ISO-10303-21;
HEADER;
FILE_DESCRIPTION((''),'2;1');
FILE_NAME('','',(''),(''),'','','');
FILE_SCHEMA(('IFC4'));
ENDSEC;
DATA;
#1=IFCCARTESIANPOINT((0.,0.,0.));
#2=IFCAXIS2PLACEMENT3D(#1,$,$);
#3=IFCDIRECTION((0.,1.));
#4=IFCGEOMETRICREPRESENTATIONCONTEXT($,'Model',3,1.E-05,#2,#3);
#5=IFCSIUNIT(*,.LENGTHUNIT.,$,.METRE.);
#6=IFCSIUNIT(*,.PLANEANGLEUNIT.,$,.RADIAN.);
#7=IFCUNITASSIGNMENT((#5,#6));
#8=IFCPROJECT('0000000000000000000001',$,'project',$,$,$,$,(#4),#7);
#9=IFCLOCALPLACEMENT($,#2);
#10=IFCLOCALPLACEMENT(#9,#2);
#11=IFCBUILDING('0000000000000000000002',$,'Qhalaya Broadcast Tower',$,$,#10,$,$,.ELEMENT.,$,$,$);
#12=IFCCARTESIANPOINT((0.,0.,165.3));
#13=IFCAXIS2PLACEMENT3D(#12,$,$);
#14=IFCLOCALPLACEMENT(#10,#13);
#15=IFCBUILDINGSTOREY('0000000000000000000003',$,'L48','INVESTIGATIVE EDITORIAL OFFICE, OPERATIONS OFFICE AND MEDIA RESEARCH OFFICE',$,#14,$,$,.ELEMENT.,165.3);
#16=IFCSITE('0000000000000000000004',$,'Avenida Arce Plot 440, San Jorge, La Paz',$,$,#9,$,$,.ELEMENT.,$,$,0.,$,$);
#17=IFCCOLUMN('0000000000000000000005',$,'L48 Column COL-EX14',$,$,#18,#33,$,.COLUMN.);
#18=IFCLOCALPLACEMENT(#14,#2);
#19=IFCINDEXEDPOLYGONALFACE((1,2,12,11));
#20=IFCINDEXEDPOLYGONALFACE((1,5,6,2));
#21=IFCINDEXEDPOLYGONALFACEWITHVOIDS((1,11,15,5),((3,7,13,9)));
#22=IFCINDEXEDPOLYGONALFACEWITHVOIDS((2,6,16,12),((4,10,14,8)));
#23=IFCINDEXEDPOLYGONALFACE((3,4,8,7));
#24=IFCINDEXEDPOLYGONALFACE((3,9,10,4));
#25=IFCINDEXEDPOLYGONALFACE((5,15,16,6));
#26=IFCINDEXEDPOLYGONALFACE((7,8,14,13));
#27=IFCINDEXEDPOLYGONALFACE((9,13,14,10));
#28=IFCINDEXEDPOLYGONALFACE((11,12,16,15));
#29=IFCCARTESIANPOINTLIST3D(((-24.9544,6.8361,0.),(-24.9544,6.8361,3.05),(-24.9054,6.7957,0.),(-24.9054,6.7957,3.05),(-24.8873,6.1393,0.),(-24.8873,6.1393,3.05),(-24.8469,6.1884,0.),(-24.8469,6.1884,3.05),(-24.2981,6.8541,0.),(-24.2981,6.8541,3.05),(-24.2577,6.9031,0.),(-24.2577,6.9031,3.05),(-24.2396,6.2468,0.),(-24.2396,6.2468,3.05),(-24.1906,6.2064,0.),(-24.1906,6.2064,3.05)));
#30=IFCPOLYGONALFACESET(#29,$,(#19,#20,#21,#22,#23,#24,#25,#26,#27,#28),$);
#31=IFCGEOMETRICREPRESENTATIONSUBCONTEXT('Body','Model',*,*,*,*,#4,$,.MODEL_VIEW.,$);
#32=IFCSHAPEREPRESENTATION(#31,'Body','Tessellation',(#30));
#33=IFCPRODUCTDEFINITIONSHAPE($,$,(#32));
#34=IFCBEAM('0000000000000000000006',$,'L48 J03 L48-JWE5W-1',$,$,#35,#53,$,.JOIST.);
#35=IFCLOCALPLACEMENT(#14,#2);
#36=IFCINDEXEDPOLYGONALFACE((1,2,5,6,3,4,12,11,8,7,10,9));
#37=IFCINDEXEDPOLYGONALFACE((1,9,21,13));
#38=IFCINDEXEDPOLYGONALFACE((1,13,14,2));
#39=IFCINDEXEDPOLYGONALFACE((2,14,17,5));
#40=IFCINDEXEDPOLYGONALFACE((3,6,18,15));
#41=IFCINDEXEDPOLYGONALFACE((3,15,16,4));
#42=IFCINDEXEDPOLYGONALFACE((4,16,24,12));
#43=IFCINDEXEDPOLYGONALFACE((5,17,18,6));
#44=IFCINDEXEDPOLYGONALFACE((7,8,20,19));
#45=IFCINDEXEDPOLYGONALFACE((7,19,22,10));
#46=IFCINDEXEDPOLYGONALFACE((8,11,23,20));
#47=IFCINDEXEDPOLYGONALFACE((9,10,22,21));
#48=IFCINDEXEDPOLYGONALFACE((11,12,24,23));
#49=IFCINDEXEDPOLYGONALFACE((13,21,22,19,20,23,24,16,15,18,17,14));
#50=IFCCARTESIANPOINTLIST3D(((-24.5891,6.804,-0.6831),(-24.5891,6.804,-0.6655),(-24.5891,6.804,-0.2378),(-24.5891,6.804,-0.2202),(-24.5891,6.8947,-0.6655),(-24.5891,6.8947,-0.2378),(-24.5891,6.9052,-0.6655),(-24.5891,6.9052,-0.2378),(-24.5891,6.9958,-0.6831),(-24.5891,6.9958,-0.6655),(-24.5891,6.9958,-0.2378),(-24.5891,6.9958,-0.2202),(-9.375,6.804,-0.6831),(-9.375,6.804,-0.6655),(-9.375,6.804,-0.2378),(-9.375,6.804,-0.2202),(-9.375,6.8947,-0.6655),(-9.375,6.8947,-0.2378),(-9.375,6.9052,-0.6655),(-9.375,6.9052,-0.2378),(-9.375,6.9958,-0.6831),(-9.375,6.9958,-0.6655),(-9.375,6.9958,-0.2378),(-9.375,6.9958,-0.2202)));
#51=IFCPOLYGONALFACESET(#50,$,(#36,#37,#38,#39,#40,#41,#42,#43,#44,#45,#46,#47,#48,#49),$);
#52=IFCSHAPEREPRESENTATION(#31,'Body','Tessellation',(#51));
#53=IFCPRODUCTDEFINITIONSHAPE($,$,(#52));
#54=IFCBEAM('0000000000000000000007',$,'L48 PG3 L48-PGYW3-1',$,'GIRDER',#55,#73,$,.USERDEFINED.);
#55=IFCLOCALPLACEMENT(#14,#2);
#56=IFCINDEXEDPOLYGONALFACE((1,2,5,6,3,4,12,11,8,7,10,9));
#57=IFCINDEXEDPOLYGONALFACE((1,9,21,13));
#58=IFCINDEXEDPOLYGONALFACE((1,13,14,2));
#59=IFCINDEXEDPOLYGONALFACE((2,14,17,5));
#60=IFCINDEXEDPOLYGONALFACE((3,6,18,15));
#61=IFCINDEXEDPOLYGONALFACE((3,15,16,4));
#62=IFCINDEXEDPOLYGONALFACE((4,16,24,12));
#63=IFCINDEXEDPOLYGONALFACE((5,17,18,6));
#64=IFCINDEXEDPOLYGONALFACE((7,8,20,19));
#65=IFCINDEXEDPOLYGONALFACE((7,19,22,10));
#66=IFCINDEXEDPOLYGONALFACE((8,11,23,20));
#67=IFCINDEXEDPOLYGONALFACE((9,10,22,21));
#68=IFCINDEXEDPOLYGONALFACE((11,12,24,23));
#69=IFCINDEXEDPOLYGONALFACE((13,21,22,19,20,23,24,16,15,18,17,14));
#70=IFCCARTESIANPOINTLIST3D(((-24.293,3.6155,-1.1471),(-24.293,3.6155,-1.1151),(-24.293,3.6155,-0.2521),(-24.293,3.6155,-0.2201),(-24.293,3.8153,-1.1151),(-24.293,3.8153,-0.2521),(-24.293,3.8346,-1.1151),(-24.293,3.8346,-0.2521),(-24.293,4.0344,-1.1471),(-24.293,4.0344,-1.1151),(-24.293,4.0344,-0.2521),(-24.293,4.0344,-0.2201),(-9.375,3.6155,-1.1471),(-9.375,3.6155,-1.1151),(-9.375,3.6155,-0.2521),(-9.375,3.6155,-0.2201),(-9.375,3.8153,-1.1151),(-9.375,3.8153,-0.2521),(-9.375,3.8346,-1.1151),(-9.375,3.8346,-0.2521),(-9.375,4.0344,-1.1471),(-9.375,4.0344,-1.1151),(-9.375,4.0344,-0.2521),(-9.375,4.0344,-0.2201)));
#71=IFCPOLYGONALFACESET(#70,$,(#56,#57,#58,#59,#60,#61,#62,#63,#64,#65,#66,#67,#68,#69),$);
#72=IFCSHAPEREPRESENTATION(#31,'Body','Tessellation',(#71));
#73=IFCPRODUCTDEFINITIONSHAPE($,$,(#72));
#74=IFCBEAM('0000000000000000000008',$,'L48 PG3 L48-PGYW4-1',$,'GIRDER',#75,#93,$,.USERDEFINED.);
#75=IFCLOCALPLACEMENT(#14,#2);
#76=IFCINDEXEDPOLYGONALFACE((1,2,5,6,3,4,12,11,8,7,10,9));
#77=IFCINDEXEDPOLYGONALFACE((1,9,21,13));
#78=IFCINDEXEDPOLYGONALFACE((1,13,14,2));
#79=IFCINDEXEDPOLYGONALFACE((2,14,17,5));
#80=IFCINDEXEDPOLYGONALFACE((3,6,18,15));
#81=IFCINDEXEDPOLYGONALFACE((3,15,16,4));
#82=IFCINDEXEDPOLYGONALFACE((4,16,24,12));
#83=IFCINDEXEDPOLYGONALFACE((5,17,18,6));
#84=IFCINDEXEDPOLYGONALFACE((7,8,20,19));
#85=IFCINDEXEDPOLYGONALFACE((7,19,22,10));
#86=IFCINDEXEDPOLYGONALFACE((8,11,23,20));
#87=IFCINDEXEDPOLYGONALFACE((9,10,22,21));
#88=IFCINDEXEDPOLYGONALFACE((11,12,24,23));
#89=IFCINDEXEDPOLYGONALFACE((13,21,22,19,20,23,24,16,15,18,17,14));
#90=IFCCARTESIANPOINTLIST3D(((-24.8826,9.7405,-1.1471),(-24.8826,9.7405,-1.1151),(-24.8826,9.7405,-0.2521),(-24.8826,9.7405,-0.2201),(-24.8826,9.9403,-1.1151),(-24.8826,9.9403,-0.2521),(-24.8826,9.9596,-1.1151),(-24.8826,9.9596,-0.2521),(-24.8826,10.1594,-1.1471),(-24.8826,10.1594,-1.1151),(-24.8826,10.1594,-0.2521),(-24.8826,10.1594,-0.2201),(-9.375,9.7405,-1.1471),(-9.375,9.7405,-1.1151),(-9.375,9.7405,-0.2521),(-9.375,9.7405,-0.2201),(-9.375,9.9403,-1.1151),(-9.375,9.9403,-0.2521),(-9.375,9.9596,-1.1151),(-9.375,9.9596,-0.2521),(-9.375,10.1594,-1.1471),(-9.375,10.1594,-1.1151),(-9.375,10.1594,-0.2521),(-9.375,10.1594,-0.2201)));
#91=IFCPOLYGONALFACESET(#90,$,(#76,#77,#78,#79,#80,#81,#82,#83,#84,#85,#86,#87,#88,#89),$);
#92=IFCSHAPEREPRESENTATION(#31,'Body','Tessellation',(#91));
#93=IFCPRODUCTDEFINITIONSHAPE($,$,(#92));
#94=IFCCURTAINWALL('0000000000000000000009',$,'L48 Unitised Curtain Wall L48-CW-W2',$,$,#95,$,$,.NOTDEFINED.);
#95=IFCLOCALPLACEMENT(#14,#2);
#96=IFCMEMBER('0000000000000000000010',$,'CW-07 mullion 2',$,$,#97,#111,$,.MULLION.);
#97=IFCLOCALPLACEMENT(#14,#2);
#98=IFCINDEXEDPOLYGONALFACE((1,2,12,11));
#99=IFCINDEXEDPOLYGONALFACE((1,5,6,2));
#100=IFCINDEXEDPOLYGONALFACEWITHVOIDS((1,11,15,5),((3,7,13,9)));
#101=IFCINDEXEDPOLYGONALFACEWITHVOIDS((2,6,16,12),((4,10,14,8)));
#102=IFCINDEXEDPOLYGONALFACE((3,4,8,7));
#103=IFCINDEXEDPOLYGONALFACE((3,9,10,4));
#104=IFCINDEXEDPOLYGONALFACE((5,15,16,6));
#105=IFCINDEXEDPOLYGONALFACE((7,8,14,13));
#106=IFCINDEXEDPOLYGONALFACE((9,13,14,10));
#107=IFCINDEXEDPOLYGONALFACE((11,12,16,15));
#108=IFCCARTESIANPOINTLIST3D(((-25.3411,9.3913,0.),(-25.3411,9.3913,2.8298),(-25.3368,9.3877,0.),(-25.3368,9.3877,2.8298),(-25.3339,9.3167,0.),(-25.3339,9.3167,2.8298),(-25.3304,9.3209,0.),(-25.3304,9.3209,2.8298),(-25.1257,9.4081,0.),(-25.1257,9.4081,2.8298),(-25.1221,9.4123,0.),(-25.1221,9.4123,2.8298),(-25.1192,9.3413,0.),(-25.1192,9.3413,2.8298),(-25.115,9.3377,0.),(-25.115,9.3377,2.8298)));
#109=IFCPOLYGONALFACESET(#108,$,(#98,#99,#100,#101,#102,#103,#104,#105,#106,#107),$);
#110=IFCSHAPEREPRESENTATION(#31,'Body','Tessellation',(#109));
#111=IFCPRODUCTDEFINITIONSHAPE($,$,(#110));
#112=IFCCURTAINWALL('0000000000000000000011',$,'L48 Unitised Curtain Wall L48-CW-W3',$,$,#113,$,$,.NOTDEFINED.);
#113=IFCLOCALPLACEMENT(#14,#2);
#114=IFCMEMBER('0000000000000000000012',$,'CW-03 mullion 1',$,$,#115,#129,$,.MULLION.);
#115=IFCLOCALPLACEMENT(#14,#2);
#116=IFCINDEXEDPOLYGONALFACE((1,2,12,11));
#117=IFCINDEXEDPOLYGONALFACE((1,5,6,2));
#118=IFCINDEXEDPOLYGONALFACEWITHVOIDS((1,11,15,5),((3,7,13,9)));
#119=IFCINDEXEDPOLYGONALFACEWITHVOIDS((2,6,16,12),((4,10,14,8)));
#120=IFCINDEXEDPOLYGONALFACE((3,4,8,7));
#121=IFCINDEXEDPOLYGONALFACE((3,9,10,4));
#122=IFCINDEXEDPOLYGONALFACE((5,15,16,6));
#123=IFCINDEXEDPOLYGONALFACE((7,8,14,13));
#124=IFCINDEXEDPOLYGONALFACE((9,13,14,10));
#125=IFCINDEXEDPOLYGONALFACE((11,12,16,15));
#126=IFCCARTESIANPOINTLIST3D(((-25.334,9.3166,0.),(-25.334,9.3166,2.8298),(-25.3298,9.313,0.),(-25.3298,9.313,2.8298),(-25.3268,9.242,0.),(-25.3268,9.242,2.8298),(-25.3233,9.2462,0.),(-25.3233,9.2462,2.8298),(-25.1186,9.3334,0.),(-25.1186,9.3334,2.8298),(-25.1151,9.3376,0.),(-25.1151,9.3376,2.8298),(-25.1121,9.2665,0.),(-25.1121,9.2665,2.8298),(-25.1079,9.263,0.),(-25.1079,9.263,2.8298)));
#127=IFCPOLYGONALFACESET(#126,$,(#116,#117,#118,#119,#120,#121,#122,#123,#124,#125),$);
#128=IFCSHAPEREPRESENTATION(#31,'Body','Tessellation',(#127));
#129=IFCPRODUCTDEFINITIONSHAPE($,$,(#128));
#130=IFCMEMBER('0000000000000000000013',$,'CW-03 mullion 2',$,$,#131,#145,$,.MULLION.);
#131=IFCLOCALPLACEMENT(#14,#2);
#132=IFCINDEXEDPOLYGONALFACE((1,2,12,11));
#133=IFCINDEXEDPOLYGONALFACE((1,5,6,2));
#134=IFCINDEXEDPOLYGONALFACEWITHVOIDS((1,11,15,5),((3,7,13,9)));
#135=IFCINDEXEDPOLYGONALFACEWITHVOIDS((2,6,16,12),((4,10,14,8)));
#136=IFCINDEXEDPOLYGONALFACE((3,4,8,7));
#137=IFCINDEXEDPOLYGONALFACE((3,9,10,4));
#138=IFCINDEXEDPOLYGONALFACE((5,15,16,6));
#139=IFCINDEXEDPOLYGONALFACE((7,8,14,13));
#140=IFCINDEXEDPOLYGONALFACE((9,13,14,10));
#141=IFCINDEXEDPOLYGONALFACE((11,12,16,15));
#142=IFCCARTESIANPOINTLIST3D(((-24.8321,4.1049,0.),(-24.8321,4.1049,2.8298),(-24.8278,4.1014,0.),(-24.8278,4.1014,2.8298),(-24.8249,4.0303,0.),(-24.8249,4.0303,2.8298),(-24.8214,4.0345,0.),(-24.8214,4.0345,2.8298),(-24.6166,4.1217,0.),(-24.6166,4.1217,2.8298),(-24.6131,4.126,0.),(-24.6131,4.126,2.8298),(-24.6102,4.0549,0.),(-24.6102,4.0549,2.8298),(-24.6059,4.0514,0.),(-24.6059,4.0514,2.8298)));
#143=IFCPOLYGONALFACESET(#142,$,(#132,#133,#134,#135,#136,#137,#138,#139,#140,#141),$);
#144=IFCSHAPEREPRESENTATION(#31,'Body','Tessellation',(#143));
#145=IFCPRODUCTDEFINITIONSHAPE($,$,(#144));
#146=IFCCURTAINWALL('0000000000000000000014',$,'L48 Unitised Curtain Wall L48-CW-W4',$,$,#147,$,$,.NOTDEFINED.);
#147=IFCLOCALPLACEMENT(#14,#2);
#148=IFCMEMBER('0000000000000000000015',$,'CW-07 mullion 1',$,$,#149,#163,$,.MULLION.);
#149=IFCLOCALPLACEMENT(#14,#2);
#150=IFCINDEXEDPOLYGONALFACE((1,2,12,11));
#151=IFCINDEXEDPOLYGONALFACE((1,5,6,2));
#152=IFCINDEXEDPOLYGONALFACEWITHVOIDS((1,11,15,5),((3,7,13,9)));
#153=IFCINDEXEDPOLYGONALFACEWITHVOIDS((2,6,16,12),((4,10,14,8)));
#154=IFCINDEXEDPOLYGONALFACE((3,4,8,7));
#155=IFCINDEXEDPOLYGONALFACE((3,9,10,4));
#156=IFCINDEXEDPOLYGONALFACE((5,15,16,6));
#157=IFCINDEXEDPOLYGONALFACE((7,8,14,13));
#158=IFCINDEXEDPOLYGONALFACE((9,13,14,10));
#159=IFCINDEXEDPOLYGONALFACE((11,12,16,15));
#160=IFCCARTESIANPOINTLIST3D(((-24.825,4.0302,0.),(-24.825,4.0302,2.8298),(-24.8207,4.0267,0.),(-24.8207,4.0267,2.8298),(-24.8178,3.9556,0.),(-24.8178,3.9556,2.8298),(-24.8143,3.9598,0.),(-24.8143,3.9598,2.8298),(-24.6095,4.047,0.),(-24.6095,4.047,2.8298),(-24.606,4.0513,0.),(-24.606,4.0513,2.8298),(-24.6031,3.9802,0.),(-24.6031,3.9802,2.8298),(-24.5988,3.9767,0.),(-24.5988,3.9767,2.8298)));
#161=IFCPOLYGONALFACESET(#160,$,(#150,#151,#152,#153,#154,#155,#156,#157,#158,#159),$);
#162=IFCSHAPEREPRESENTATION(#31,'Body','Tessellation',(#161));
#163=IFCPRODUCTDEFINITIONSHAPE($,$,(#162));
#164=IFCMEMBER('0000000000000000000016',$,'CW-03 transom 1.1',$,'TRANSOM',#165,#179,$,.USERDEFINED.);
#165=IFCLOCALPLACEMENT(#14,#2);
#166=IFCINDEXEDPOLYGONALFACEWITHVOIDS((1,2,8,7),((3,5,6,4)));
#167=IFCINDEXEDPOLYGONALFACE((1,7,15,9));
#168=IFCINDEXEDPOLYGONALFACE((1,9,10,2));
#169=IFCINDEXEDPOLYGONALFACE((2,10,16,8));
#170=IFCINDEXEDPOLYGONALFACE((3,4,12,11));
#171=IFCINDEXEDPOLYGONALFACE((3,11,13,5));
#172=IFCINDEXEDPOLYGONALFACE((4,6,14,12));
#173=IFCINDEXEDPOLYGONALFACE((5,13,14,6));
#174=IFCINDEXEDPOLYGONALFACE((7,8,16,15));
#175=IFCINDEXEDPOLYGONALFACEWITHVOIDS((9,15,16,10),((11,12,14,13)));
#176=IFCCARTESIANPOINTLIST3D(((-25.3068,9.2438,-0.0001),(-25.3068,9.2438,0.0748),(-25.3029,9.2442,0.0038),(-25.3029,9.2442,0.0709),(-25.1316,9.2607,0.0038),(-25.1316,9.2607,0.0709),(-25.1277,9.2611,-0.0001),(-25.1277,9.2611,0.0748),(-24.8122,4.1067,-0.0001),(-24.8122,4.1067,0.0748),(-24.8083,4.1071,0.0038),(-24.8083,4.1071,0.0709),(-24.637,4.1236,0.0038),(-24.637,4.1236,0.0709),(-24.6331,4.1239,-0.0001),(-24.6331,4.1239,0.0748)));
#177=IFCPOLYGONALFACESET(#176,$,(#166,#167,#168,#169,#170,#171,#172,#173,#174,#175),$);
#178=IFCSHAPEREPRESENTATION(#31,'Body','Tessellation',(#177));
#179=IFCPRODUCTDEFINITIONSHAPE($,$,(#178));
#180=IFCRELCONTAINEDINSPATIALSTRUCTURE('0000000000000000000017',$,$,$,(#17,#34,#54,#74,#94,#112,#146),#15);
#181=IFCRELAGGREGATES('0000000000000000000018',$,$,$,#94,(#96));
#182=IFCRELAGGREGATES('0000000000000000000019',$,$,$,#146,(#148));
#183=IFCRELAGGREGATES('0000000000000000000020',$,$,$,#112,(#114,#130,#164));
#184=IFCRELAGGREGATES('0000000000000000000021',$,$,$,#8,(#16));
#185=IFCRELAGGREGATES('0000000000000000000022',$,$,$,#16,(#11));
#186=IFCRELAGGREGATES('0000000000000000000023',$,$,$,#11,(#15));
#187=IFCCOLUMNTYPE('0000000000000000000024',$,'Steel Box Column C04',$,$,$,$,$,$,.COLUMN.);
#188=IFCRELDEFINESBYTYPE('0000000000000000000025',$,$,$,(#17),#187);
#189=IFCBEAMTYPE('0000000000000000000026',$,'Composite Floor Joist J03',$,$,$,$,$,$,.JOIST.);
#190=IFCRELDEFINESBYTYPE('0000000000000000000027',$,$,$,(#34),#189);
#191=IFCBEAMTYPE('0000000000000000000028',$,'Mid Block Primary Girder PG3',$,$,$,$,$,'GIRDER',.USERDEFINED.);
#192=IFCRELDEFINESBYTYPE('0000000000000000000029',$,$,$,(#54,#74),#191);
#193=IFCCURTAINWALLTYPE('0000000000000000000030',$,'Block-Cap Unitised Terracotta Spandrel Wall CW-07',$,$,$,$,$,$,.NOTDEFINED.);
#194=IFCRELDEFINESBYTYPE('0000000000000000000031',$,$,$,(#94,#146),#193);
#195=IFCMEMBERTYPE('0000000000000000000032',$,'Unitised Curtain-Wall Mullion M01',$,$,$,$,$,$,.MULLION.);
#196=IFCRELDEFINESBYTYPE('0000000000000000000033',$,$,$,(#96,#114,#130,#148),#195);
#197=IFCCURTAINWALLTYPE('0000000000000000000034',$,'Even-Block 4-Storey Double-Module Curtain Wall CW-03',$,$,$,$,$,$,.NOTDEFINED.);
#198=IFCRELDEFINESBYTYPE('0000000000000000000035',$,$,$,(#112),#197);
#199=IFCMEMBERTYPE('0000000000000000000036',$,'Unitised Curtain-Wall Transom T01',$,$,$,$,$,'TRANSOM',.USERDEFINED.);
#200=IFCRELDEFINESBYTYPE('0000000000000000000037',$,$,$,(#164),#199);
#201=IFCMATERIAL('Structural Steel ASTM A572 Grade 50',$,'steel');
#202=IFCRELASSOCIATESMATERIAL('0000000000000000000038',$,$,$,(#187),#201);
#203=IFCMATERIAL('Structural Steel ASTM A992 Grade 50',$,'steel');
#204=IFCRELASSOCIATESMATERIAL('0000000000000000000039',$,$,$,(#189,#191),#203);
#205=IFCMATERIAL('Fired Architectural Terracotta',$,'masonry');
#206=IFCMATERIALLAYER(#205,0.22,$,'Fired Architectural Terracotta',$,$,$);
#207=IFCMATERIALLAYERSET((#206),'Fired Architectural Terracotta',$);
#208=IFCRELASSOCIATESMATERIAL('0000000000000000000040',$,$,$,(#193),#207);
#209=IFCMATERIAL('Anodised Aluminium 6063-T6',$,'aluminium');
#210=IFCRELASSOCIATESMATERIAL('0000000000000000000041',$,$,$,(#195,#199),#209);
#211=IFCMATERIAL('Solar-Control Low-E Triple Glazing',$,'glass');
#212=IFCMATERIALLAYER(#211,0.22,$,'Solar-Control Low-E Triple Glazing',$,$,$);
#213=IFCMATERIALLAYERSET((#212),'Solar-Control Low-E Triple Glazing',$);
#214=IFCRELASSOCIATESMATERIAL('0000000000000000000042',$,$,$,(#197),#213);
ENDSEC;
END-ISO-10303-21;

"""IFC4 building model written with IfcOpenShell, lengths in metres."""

from ifc_helpers import new_model, si_unit, direction, frame, origin, origin_2d, place, context, subcontext, project, spatial, hollow_rectangle, i_section, extrude, material, layer, layer_set, material_profile, profile_set, type_object, element, aggregate, save


model = new_model("IFC4")

# Units and contexts
model_context = context("Model", 3, precision=1e-05, world=origin(), true_north=direction((0.0, 1.0)))
body_context = subcontext(model_context, "Body", "Model", "MODEL_VIEW")
ifc_project = project(units=[si_unit("LENGTHUNIT", "METRE"), si_unit("PLANEANGLEUNIT", "RADIAN")], contexts=[model_context])

# Site, building, storey
site_placement = place(None, origin())
site = spatial("IfcSite", under=ifc_project, at=site_placement, Name="Avenida Arce Plot 440, San Jorge, La Paz", CompositionType="ELEMENT", RefElevation=0.0)
building_placement = place(site_placement, origin())
building = spatial("IfcBuilding", under=site, at=building_placement, Name="Qhalaya Broadcast Tower", CompositionType="ELEMENT")
storey_placement = place(building_placement, frame((0.0, 0.0, 165.3)))
storey = spatial("IfcBuildingStorey", under=building, at=storey_placement, Name="L48", Description="INVESTIGATIVE EDITORIAL OFFICE, OPERATIONS OFFICE AND MEDIA RESEARCH OFFICE", CompositionType="ELEMENT", Elevation=165.3)

# Column
ifc_material_1 = material(Name="Structural Steel ASTM A572 Grade 50", Category="steel")
ifc_material_profile_1 = material_profile(ifc_material_1, hollow_rectangle(XDim=0.7, YDim=0.7, WallThickness=0.0449, at=origin_2d()), Name="BOX 700x700x45")
ifc_profile_set_1 = profile_set([ifc_material_profile_1], Name="Structural Steel ASTM A572 Grade 50")
column_type = type_object("IfcColumnType", Name="Steel Box Column C04", PredefinedType="COLUMN", material=ifc_profile_set_1)
column_placement = place(storey_placement, frame((-24.5725, 6.5212, 0.0), z_axis=(0.0, 0.0, 1.0), x_axis=(-0.095846, 0.995396, 0.0)))
element("IfcColumn", 1, at=column_placement, inside=storey, type_object=column_type, Name="L48 Column COL-EX14", PredefinedType="COLUMN", context=body_context, shape_type="SweptSolid", body=[
    extrude(hollow_rectangle(XDim=0.7, YDim=0.7, WallThickness=0.0449, at=origin_2d()), origin(), (0.0, 0.0, 1.0), 3.05),
])

# Beams
ifc_material_2 = material(Name="Structural Steel ASTM A992 Grade 50", Category="steel")
ifc_material_profile_2 = material_profile(ifc_material_2, i_section(OverallWidth=0.1919, OverallDepth=0.4629, WebThickness=0.0105, FlangeThickness=0.0176, at=origin_2d()), Name="W18X60")
ifc_profile_set_2 = profile_set([ifc_material_profile_2], Name="Structural Steel ASTM A992 Grade 50")
beam_type_1 = type_object("IfcBeamType", Name="Composite Floor Joist J03", PredefinedType="JOIST", material=ifc_profile_set_2)
beam_1_placement = place(storey_placement, frame((-24.5891, 6.8999, -0.4517), z_axis=(1.0, 0.0, 0.0), x_axis=(0.0, 1.0, 0.0)))
element("IfcBeam", 2, at=beam_1_placement, inside=storey, type_object=beam_type_1, Name="L48 J03 L48-JWE5W-1", PredefinedType="JOIST", context=body_context, shape_type="SweptSolid", body=[
    extrude(i_section(OverallWidth=0.1919, OverallDepth=0.4629, WebThickness=0.0105, FlangeThickness=0.0176, at=origin_2d()), origin(), (0.0, 0.0, 1.0), 15.2141),
])
ifc_material_profile_3 = material_profile(ifc_material_2, i_section(OverallWidth=0.4189, OverallDepth=0.927, WebThickness=0.0193, FlangeThickness=0.032, at=origin_2d()), Name="W36X231")
ifc_profile_set_3 = profile_set([ifc_material_profile_3], Name="Structural Steel ASTM A992 Grade 50")
beam_type_2 = type_object("IfcBeamType", Name="Mid Block Primary Girder PG3", ElementType="GIRDER", PredefinedType="USERDEFINED", material=ifc_profile_set_3)
beam_2_placement = place(storey_placement, frame((-24.293, 3.825, -0.6836), z_axis=(1.0, 0.0, 0.0), x_axis=(0.0, 1.0, 0.0)))
element("IfcBeam", 3, at=beam_2_placement, inside=storey, type_object=beam_type_2, Name="L48 PG3 L48-PGYW3-1", ObjectType="GIRDER", PredefinedType="USERDEFINED", context=body_context, shape_type="SweptSolid", body=[
    extrude(i_section(OverallWidth=0.4189, OverallDepth=0.927, WebThickness=0.0193, FlangeThickness=0.032, at=origin_2d()), origin(), (0.0, 0.0, 1.0), 14.918),
])
beam_3_placement = place(storey_placement, frame((-24.8826, 9.95, -0.6836), z_axis=(1.0, 0.0, 0.0), x_axis=(0.0, 1.0, 0.0)))
element("IfcBeam", 4, at=beam_3_placement, inside=storey, type_object=beam_type_2, Name="L48 PG3 L48-PGYW4-1", ObjectType="GIRDER", PredefinedType="USERDEFINED", context=body_context, shape_type="SweptSolid", body=[
    extrude(i_section(OverallWidth=0.4189, OverallDepth=0.927, WebThickness=0.0193, FlangeThickness=0.032, at=origin_2d()), origin(), (0.0, 0.0, 1.0), 15.5076),
])

# Curtain wall, member
ifc_material_3 = material(Name="Fired Architectural Terracotta", Category="masonry")
ifc_layer_1 = layer(ifc_material_3, 0.22, Name="Fired Architectural Terracotta")
ifc_layer_set_1 = layer_set([ifc_layer_1], Name="Fired Architectural Terracotta")
curtain_wall_type_1 = type_object("IfcCurtainWallType", Name="Block-Cap Unitised Terracotta Spandrel Wall CW-07", PredefinedType="NOTDEFINED", material=ifc_layer_set_1)
curtain_wall_1_placement = place(storey_placement, origin())
curtain_wall_1 = element("IfcCurtainWall", 5, at=curtain_wall_1_placement, inside=storey, type_object=curtain_wall_type_1, Name="L48 Unitised Curtain Wall L48-CW-W2", PredefinedType="NOTDEFINED")
ifc_material_4 = material(Name="Anodised Aluminium 6063-T6", Category="aluminium")
ifc_material_profile_4 = material_profile(ifc_material_4, hollow_rectangle(XDim=0.075, YDim=0.22, WallThickness=0.0039, at=origin_2d()), Name="ALU-MUL 75x220x4")
ifc_profile_set_4 = profile_set([ifc_material_profile_4], Name="Anodised Aluminium 6063-T6")
member_type_1 = type_object("IfcMemberType", Name="Unitised Curtain-Wall Mullion M01", PredefinedType="MULLION", material=ifc_profile_set_4)
member_1_placement = place(storey_placement, frame((-25.228, 9.3645, 0.0), z_axis=(0.0, 0.0, 1.0), x_axis=(0.095845, -0.995396, 0.0)))
member_1 = element("IfcMember", 6, at=member_1_placement, type_object=member_type_1, Name="CW-07 mullion 2", PredefinedType="MULLION", context=body_context, shape_type="SweptSolid", body=[
    extrude(hollow_rectangle(XDim=0.075, YDim=0.22, WallThickness=0.0039, at=origin_2d()), origin(), (0.0, 0.0, 1.0), 2.8298),
])

# Curtain wall, members
ifc_material_5 = material(Name="Solar-Control Low-E Triple Glazing", Category="glass")
ifc_layer_2 = layer(ifc_material_5, 0.22, Name="Solar-Control Low-E Triple Glazing")
ifc_layer_set_2 = layer_set([ifc_layer_2], Name="Solar-Control Low-E Triple Glazing")
curtain_wall_type_2 = type_object("IfcCurtainWallType", Name="Even-Block 4-Storey Double-Module Curtain Wall CW-03", PredefinedType="NOTDEFINED", material=ifc_layer_set_2)
curtain_wall_2_placement = place(storey_placement, origin())
curtain_wall_2 = element("IfcCurtainWall", 7, at=curtain_wall_2_placement, inside=storey, type_object=curtain_wall_type_2, Name="L48 Unitised Curtain Wall L48-CW-W3", PredefinedType="NOTDEFINED")
member_2_placement = place(storey_placement, frame((-25.2209, 9.2898, 0.0), z_axis=(0.0, 0.0, 1.0), x_axis=(0.09584, -0.995397, 0.0)))
member_2 = element("IfcMember", 8, at=member_2_placement, type_object=member_type_1, Name="CW-03 mullion 1", PredefinedType="MULLION", context=body_context, shape_type="SweptSolid", body=[
    extrude(hollow_rectangle(XDim=0.075, YDim=0.22, WallThickness=0.0039, at=origin_2d()), origin(), (0.0, 0.0, 1.0), 2.8298),
])
member_3_placement = place(storey_placement, frame((-24.719, 4.0781, 0.0), z_axis=(0.0, 0.0, 1.0), x_axis=(0.09584, -0.995397, 0.0)))
member_3 = element("IfcMember", 9, at=member_3_placement, type_object=member_type_1, Name="CW-03 mullion 2", PredefinedType="MULLION", context=body_context, shape_type="SweptSolid", body=[
    extrude(hollow_rectangle(XDim=0.075, YDim=0.22, WallThickness=0.0039, at=origin_2d()), origin(), (0.0, 0.0, 1.0), 2.8298),
])

# Curtain wall, member
curtain_wall_3_placement = place(storey_placement, origin())
curtain_wall_3 = element("IfcCurtainWall", 10, at=curtain_wall_3_placement, inside=storey, type_object=curtain_wall_type_1, Name="L48 Unitised Curtain Wall L48-CW-W4", PredefinedType="NOTDEFINED")
member_4_placement = place(storey_placement, frame((-24.7119, 4.0034, 0.0), z_axis=(0.0, 0.0, 1.0), x_axis=(0.095847, -0.995396, 0.0)))
member_4 = element("IfcMember", 11, at=member_4_placement, type_object=member_type_1, Name="CW-07 mullion 1", PredefinedType="MULLION", context=body_context, shape_type="SweptSolid", body=[
    extrude(hollow_rectangle(XDim=0.075, YDim=0.22, WallThickness=0.0039, at=origin_2d()), origin(), (0.0, 0.0, 1.0), 2.8298),
])

# Member
ifc_material_profile_5 = material_profile(ifc_material_4, hollow_rectangle(XDim=0.075, YDim=0.1799, WallThickness=0.0039, at=origin_2d()), Name="ALU-TRN 75x180x4")
ifc_profile_set_5 = profile_set([ifc_material_profile_5], Name="Anodised Aluminium 6063-T6")
member_type_2 = type_object("IfcMemberType", Name="Unitised Curtain-Wall Transom T01", ElementType="TRANSOM", PredefinedType="USERDEFINED", material=ifc_profile_set_5)
member_5_placement = place(storey_placement, frame((-25.2173, 9.2524, 0.0374), z_axis=(0.09584, -0.995397, 0.0), x_axis=(0.0, 0.0, 1.0)))
member_5 = element("IfcMember", 12, at=member_5_placement, type_object=member_type_2, Name="CW-03 transom 1.1", ObjectType="TRANSOM", PredefinedType="USERDEFINED", context=body_context, shape_type="SweptSolid", body=[
    extrude(hollow_rectangle(XDim=0.075, YDim=0.1799, WallThickness=0.0039, at=origin_2d()), origin(), (0.0, 0.0, 1.0), 5.1609),
])

aggregate(curtain_wall_1, [member_1])
aggregate(curtain_wall_3, [member_4])
aggregate(curtain_wall_2, [member_2, member_3, member_5])

save(model, "model.ifc")
